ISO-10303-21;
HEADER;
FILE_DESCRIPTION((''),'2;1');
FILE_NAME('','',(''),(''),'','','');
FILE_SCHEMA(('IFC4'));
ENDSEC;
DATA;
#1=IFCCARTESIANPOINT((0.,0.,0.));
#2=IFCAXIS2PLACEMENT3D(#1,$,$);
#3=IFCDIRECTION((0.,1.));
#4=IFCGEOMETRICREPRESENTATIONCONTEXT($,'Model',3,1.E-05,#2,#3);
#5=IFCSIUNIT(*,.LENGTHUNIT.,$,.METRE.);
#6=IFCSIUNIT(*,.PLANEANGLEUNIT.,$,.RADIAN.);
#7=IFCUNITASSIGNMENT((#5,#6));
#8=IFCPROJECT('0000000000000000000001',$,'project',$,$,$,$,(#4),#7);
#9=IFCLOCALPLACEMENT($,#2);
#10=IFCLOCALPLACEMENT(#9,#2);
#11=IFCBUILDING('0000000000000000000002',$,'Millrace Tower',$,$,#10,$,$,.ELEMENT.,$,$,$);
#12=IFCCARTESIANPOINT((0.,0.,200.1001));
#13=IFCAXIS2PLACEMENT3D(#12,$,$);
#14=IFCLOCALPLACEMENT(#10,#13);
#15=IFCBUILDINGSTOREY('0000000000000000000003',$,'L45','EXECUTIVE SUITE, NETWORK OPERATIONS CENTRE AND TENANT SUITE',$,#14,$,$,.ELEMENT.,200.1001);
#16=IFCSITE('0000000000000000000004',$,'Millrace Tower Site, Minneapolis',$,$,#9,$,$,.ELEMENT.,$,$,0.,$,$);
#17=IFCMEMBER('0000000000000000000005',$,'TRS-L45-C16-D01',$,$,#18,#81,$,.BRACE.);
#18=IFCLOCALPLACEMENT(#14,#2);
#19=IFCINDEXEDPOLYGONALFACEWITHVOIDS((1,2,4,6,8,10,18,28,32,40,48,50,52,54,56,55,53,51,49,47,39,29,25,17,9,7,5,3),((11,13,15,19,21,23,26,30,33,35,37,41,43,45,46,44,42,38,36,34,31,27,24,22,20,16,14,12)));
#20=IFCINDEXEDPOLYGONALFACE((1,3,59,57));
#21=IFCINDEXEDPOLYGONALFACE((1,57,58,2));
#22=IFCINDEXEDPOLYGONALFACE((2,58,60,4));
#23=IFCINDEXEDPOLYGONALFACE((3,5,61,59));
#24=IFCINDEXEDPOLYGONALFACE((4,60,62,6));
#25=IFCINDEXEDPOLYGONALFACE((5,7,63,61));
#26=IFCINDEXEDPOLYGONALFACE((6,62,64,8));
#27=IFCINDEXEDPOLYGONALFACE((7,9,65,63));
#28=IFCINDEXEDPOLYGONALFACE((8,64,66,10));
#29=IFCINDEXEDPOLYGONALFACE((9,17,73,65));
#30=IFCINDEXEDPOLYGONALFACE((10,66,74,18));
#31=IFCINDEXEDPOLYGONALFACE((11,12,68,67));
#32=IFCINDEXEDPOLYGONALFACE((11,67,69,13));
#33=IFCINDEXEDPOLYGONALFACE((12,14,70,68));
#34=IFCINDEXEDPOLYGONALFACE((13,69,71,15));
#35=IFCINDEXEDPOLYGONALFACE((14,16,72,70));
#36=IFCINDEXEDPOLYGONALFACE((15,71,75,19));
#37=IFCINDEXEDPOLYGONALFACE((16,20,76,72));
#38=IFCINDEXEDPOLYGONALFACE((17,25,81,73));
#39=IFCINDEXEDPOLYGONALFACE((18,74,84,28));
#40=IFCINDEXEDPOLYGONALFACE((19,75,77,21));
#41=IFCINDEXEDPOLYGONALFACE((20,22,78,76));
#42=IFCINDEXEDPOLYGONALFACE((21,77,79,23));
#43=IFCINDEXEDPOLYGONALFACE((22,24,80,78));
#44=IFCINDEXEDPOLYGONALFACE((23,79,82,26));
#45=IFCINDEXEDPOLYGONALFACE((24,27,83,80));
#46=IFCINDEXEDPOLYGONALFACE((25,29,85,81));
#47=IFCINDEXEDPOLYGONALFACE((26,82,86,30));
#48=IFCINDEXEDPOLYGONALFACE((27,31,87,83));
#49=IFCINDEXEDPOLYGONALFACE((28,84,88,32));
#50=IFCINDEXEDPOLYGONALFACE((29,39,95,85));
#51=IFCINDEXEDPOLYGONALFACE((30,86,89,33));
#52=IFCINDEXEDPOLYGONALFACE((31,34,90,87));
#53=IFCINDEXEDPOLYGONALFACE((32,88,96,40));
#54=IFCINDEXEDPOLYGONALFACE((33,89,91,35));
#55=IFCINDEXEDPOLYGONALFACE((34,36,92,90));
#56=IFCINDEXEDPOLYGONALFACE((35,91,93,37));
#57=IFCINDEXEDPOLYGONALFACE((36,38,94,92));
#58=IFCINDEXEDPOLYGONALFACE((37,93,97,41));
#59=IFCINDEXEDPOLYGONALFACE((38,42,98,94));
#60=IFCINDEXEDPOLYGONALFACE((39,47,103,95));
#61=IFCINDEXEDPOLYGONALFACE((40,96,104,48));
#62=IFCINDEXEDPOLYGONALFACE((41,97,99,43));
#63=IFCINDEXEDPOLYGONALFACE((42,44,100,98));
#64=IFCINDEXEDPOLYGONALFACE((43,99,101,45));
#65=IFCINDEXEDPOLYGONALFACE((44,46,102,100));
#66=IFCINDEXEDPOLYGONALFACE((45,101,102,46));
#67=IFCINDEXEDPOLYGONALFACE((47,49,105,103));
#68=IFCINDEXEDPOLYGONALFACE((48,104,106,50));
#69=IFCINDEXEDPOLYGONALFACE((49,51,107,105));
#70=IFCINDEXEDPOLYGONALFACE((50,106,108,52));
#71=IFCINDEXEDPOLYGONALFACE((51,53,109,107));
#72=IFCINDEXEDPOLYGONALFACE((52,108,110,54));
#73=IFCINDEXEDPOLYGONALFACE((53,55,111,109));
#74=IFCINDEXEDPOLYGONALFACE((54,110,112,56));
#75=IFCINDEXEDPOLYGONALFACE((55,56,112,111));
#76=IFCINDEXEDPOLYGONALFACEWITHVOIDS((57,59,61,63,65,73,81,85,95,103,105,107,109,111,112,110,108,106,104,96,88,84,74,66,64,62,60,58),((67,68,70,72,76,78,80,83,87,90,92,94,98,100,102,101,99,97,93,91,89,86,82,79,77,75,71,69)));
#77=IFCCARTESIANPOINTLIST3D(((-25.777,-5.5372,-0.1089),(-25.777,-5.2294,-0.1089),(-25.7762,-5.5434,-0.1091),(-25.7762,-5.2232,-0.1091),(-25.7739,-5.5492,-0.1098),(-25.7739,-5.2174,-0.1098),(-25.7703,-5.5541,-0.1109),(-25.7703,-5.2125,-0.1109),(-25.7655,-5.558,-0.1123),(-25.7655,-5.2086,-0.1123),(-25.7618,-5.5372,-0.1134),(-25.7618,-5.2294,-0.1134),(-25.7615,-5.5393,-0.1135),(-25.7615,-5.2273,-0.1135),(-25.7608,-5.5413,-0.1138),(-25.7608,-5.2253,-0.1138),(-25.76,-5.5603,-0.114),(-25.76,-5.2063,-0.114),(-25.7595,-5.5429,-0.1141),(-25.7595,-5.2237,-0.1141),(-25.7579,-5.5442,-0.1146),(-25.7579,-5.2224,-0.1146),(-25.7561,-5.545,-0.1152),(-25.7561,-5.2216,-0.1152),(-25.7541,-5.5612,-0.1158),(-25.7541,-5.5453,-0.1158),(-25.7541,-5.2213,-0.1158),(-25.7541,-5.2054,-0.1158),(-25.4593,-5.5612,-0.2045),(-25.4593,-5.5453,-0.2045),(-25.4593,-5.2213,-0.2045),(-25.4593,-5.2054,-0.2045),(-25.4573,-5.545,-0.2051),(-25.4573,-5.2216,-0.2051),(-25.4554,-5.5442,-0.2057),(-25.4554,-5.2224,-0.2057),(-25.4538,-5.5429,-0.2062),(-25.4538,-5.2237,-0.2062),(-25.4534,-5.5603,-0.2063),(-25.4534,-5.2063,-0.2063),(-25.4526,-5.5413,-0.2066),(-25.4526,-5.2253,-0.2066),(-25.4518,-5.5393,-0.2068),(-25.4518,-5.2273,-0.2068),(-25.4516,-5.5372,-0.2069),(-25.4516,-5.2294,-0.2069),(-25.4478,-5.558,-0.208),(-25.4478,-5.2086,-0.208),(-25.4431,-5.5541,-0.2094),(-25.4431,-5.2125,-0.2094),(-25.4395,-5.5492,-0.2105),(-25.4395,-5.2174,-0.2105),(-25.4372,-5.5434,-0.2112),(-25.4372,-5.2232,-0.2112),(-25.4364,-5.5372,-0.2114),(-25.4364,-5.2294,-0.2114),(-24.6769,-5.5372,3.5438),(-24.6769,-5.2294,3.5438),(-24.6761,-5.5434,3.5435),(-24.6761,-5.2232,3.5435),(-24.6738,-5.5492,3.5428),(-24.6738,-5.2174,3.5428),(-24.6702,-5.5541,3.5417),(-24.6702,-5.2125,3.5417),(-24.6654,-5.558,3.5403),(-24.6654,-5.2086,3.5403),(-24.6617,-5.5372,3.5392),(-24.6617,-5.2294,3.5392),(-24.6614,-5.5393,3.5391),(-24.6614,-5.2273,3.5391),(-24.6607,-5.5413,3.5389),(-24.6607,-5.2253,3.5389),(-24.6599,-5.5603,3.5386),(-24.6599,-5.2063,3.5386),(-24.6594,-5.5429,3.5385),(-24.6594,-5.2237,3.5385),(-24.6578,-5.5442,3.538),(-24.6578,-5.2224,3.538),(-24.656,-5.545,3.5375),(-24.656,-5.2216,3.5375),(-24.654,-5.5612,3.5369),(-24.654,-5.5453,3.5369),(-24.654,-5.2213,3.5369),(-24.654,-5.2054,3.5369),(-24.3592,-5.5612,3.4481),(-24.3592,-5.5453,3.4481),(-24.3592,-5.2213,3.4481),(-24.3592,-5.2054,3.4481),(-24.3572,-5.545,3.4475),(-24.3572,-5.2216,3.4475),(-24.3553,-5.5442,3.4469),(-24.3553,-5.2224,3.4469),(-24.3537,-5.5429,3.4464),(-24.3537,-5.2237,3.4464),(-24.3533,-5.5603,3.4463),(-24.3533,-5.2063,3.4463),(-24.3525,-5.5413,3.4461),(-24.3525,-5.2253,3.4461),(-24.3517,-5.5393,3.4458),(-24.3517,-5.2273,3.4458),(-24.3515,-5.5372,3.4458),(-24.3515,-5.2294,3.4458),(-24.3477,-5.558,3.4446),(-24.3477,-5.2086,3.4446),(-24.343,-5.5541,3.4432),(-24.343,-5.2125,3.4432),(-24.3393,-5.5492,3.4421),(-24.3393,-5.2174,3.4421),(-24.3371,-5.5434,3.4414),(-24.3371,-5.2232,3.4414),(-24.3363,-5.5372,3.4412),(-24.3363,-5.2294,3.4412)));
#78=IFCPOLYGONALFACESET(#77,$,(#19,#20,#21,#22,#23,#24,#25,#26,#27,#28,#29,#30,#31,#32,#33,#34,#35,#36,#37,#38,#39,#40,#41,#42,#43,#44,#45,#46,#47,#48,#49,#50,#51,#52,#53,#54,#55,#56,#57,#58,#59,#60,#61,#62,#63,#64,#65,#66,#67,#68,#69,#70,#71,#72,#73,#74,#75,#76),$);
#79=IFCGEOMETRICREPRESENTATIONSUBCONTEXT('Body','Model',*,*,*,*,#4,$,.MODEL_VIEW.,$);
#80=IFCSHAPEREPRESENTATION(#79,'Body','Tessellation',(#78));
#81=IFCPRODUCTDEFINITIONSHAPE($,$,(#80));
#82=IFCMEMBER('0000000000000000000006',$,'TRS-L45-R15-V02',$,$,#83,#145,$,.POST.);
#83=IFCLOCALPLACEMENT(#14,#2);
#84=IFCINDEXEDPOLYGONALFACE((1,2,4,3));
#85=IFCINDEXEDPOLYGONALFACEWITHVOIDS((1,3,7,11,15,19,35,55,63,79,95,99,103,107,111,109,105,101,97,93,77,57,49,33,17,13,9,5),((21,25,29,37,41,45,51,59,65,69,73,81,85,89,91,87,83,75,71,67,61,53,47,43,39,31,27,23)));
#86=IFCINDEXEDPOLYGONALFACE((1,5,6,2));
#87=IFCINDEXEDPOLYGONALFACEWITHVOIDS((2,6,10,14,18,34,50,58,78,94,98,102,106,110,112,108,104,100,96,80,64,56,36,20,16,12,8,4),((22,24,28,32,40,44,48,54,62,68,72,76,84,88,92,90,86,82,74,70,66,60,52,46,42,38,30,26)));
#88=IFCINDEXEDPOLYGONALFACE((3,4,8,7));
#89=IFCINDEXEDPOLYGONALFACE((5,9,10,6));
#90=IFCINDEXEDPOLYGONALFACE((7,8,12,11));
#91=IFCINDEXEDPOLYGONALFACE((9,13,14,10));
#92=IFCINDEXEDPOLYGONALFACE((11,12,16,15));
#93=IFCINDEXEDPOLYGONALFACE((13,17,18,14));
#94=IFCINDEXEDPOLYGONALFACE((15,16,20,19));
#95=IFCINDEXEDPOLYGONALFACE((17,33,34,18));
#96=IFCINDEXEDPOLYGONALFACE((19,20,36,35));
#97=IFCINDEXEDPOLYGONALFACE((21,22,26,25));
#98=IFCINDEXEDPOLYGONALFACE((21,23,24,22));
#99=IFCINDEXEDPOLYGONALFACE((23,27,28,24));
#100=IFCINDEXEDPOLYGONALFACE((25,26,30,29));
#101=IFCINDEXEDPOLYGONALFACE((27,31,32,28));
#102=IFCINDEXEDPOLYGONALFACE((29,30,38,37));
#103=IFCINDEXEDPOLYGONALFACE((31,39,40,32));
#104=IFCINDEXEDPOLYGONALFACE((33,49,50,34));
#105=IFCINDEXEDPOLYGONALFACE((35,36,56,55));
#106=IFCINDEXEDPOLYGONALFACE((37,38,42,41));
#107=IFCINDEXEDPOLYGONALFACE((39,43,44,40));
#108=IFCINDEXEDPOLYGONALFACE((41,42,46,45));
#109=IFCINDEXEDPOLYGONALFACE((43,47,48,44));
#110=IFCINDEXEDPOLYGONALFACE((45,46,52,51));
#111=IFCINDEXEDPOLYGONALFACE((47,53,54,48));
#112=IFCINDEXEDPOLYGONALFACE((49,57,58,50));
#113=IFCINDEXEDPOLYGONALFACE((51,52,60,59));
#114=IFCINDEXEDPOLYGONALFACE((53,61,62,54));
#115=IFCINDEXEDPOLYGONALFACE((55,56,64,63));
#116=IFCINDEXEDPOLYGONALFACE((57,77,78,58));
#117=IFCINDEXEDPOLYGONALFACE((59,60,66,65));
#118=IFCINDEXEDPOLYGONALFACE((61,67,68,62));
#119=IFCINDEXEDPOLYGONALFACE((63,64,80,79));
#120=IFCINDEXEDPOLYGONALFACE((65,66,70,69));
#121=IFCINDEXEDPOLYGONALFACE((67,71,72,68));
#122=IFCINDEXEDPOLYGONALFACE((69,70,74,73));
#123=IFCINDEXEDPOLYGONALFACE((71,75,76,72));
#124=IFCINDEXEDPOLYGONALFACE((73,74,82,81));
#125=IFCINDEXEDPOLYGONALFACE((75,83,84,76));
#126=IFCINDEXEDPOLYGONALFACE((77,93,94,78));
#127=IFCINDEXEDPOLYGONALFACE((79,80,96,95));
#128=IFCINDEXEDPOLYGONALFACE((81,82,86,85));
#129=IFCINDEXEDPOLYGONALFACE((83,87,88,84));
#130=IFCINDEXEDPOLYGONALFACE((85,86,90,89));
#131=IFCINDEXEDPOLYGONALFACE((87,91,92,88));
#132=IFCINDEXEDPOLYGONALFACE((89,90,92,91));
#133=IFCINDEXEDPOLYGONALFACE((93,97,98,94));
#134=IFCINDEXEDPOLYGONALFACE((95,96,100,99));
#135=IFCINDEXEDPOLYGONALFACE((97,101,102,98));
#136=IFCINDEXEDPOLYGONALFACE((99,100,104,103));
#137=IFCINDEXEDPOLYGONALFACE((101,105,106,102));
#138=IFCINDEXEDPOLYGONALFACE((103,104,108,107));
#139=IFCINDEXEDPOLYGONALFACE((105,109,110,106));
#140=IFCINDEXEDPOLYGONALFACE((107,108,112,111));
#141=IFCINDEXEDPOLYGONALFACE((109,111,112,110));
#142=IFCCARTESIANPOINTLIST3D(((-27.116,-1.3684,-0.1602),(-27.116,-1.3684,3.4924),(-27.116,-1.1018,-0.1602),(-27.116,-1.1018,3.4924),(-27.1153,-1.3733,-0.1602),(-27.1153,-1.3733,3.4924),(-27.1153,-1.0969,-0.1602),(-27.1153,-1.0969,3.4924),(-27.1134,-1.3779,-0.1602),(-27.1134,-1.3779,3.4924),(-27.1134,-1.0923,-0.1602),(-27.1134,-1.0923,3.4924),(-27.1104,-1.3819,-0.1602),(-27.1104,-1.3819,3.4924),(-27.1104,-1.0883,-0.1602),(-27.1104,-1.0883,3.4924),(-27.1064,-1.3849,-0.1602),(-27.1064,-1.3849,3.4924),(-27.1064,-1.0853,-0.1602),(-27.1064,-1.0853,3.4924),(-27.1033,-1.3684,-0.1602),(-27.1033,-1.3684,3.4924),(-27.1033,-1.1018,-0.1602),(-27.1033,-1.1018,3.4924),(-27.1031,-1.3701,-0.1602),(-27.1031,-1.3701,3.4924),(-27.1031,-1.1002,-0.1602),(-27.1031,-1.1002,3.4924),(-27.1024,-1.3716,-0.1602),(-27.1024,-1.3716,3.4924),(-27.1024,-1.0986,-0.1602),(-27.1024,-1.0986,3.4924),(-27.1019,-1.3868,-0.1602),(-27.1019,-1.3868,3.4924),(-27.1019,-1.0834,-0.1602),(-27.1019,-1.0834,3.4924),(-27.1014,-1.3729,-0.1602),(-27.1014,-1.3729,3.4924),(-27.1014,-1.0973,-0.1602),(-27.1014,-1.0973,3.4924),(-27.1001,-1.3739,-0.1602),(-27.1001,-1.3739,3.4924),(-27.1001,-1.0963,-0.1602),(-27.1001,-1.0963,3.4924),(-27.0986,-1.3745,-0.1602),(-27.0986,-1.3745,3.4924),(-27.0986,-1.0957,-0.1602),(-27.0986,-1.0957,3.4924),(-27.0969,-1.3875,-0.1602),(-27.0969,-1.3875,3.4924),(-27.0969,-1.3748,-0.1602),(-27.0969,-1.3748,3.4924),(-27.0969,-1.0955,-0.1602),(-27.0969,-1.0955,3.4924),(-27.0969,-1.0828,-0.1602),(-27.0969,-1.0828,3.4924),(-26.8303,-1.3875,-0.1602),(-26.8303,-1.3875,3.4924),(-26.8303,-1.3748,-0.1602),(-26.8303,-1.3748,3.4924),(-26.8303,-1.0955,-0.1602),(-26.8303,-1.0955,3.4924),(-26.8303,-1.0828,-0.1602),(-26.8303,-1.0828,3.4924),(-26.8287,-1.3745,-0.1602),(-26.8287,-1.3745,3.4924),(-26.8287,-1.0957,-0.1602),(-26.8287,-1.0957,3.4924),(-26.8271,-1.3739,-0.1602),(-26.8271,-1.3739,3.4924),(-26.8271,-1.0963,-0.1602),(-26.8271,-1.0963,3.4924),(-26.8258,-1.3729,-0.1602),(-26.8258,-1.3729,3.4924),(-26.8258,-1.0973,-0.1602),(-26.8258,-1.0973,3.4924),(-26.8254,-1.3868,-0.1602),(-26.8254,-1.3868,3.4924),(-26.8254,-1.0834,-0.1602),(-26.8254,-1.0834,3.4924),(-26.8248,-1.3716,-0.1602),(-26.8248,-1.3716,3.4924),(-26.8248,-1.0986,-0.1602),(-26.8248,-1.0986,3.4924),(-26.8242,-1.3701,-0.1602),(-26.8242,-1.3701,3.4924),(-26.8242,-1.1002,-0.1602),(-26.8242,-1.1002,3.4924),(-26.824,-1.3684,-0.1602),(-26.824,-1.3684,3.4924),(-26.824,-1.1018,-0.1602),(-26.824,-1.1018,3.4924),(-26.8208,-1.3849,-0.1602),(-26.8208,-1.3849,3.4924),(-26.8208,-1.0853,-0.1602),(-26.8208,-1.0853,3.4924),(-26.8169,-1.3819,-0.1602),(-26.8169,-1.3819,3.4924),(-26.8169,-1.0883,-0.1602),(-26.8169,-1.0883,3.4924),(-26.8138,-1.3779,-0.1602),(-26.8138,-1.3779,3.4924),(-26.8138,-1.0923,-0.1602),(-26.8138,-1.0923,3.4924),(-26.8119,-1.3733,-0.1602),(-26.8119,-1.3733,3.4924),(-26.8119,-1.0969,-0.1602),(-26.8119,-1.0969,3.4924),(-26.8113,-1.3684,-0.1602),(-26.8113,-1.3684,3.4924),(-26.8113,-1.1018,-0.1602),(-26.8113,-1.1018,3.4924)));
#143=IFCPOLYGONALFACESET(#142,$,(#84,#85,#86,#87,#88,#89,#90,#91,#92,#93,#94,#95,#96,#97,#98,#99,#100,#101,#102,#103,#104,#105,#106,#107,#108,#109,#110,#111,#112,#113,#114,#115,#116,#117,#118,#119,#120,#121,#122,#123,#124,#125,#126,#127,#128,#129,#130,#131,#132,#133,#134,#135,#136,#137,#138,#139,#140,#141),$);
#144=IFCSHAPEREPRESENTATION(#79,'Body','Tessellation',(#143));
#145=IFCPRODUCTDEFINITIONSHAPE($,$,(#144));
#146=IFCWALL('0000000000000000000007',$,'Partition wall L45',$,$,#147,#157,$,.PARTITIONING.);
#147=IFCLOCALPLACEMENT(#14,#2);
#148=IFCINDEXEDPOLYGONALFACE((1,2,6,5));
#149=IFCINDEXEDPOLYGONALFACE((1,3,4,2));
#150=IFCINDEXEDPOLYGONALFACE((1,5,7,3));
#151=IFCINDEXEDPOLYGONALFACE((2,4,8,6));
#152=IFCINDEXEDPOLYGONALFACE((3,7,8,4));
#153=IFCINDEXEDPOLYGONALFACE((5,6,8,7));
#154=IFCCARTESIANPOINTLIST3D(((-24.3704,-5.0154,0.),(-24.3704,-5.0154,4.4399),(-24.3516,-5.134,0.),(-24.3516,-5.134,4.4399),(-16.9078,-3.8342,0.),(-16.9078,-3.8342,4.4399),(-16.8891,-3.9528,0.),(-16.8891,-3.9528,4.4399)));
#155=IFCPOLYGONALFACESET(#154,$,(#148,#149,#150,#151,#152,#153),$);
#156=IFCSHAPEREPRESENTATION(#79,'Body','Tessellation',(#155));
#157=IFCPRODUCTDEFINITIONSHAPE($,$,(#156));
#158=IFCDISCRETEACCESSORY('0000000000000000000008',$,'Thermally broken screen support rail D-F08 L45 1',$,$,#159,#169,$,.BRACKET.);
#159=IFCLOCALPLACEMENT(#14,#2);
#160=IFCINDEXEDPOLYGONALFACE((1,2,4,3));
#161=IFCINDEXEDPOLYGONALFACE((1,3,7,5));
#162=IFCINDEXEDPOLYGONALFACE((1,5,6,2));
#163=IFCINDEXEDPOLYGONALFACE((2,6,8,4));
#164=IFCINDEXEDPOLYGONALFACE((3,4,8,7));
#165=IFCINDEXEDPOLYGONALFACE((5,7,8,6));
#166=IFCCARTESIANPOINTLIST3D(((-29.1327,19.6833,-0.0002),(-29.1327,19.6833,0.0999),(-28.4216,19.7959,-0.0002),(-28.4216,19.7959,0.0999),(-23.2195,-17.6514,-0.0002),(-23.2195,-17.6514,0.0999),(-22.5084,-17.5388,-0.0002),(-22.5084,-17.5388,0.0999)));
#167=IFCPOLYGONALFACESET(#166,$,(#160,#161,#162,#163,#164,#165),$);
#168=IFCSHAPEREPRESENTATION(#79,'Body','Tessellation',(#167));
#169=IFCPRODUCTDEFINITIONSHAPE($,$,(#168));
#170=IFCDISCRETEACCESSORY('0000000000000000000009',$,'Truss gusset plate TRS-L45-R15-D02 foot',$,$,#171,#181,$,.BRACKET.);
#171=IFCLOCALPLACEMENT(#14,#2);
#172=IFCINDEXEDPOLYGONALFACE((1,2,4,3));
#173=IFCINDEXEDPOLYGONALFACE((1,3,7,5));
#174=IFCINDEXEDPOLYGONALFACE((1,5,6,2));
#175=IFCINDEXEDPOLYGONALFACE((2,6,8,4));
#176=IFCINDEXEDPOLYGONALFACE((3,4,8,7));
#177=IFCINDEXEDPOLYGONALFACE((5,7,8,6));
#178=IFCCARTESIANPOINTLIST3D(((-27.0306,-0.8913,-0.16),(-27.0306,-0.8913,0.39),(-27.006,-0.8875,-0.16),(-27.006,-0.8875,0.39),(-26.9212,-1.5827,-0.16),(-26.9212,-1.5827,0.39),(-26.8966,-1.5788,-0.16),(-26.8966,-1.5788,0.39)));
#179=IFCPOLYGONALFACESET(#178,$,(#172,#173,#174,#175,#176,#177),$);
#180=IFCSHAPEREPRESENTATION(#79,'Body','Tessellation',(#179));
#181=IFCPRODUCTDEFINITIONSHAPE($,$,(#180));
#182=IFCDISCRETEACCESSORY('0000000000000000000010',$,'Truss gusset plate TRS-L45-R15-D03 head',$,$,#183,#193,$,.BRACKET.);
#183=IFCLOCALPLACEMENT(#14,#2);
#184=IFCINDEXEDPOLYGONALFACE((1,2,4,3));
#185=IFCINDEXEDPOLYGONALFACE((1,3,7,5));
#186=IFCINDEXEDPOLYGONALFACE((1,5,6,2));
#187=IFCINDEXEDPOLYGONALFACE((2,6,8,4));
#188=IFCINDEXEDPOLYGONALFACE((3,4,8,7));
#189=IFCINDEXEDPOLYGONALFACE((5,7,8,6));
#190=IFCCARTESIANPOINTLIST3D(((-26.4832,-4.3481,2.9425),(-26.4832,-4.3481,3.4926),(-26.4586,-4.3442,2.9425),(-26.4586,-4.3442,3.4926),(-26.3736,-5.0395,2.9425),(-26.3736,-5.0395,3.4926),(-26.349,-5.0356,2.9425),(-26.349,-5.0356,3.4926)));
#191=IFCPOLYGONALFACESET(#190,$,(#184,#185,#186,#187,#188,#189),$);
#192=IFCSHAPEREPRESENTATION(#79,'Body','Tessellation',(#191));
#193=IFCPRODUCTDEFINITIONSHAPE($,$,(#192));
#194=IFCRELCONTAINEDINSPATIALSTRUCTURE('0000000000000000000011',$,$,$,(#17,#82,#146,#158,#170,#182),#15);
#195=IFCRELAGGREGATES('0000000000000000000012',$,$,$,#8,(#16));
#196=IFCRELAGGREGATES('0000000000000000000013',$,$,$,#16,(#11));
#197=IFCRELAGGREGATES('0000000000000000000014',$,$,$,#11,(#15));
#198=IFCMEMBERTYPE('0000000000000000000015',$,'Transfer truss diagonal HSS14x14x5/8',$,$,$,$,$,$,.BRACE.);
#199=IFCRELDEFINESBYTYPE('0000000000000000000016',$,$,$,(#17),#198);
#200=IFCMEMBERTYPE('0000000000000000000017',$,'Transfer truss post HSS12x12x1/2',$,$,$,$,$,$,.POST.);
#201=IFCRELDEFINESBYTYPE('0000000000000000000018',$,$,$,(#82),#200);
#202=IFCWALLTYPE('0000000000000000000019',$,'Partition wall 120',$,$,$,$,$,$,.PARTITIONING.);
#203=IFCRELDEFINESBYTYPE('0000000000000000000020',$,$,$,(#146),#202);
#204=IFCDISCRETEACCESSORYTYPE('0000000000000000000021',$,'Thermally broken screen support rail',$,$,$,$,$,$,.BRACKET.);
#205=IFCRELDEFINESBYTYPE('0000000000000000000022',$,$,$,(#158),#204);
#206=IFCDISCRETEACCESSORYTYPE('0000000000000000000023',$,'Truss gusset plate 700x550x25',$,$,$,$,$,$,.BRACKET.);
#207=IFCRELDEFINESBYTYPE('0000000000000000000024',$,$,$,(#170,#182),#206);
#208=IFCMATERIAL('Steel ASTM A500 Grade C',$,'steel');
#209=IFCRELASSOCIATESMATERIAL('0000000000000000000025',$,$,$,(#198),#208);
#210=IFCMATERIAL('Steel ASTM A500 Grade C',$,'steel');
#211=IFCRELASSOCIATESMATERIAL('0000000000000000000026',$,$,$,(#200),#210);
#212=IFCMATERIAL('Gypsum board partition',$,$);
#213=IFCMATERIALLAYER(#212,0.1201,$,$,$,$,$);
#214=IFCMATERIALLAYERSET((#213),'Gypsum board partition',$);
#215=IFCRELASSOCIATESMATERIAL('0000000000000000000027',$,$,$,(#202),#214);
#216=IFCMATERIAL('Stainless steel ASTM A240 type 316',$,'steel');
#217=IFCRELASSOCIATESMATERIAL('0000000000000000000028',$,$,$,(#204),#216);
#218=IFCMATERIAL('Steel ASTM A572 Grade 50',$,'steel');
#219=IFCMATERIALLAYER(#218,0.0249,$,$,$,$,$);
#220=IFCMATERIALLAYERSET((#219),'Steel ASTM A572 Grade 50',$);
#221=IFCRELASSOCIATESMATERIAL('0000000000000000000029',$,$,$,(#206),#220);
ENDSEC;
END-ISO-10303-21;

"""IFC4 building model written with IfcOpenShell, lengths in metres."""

from ifc_helpers import new_model, si_unit, direction, frame, frame_2d, origin, origin_2d, place, context, subcontext, project, spatial, rectangle, hollow_rectangle, extrude, material, layer, layer_set, material_profile, profile_set, type_object, element, save


model = new_model("IFC4")

# Units and contexts
model_context = context("Model", 3, precision=1e-05, world=origin(), true_north=direction((0.0, 1.0)))
body_context = subcontext(model_context, "Body", "Model", "MODEL_VIEW")
ifc_project = project(units=[si_unit("LENGTHUNIT", "METRE"), si_unit("PLANEANGLEUNIT", "RADIAN")], contexts=[model_context])

# Site, building, storey
site_placement = place(None, origin())
site = spatial("IfcSite", under=ifc_project, at=site_placement, Name="Millrace Tower Site, Minneapolis", CompositionType="ELEMENT", RefElevation=0.0)
building_placement = place(site_placement, origin())
building = spatial("IfcBuilding", under=site, at=building_placement, Name="Millrace Tower", CompositionType="ELEMENT")
storey_placement = place(building_placement, frame((0.0, 0.0, 200.1001)))
storey = spatial("IfcBuildingStorey", under=building, at=storey_placement, Name="L45", Description="EXECUTIVE SUITE, NETWORK OPERATIONS CENTRE AND TENANT SUITE", CompositionType="ELEMENT", Elevation=200.1001)

# Members
ifc_material_1 = material(Name="Steel ASTM A500 Grade C", Category="steel")
ifc_material_profile_1 = material_profile(ifc_material_1, hollow_rectangle(XDim=0.3557, YDim=0.3557, WallThickness=0.0159, InnerFilletRadius=0.0081, OuterFilletRadius=0.0239, at=origin_2d()))
ifc_profile_set_1 = profile_set([ifc_material_profile_1], Name="Steel ASTM A500 Grade C")
member_type_1 = type_object("IfcMemberType", Name="Transfer truss diagonal HSS14x14x5/8", PredefinedType="BRACE", material=ifc_profile_set_1)
member_1_placement = place(storey_placement, frame((-25.6067, -5.3833, -0.1602), z_axis=(0.288387, 0.0, 0.957514), x_axis=(0.0, 1.0, 0.0)))
element("IfcMember", 1, at=member_1_placement, inside=storey, type_object=member_type_1, Name="TRS-L45-C16-D01", PredefinedType="BRACE", context=body_context, shape_type="SweptSolid", body=[
    extrude(hollow_rectangle(XDim=0.3557, YDim=0.3557, WallThickness=0.0159, InnerFilletRadius=0.0081, OuterFilletRadius=0.0239, at=origin_2d()), origin(), (0.0, 0.0, 1.0), 3.8147),
])
ifc_material_2 = material(Name="Steel ASTM A500 Grade C", Category="steel")
ifc_material_profile_2 = material_profile(ifc_material_2, hollow_rectangle(XDim=0.3047, YDim=0.3047, WallThickness=0.0127, InnerFilletRadius=0.0063, OuterFilletRadius=0.019, at=origin_2d()))
ifc_profile_set_2 = profile_set([ifc_material_profile_2], Name="Steel ASTM A500 Grade C")
member_type_2 = type_object("IfcMemberType", Name="Transfer truss post HSS12x12x1/2", PredefinedType="POST", material=ifc_profile_set_2)
member_2_placement = place(storey_placement, frame((-26.9636, -1.2351, -0.1602), z_axis=(0.0, 0.0, 1.0), x_axis=(1.0, 0.0, 0.0)))
element("IfcMember", 2, at=member_2_placement, inside=storey, type_object=member_type_2, Name="TRS-L45-R15-V02", PredefinedType="POST", context=body_context, shape_type="SweptSolid", body=[
    extrude(hollow_rectangle(XDim=0.3047, YDim=0.3047, WallThickness=0.0127, InnerFilletRadius=0.0063, OuterFilletRadius=0.019, at=origin_2d()), origin(), (0.0, 0.0, 1.0), 3.6526),
])

# Wall
ifc_material_3 = material(Name="Gypsum board partition")
ifc_layer_1 = layer(ifc_material_3, 0.1201)
ifc_layer_set_1 = layer_set([ifc_layer_1], Name="Gypsum board partition")
wall_type = type_object("IfcWallType", Name="Partition wall 120", PredefinedType="PARTITIONING", material=ifc_layer_set_1)
wall_placement = place(storey_placement, frame((-24.3611, -5.0747, 0.0), z_axis=(0.0, 0.0, 1.0), x_axis=(0.987704, 0.156334, 0.0)))
element("IfcWall", 3, at=wall_placement, inside=storey, type_object=wall_type, Name="Partition wall L45", PredefinedType="PARTITIONING", context=body_context, shape_type="SweptSolid", body=[
    extrude(rectangle(XDim=7.5554, YDim=0.1201, at=frame_2d((3.7778, 0.0))), origin(), (0.0, 0.0, 1.0), 4.4399),
])

# Discrete accessories
ifc_material_4 = material(Name="Stainless steel ASTM A240 type 316", Category="steel")
discrete_accessory_type_1 = type_object("IfcDiscreteAccessoryType", Name="Thermally broken screen support rail", PredefinedType="BRACKET", material=ifc_material_4)
discrete_accessory_1_placement = place(storey_placement, frame((-25.8206, 1.0723, -0.0002), z_axis=(0.0, 0.0, 1.0), x_axis=(0.156434, -0.987688, 0.0)))
element("IfcDiscreteAccessory", 4, at=discrete_accessory_1_placement, inside=storey, type_object=discrete_accessory_type_1, Name="Thermally broken screen support rail D-F08 L45 1", PredefinedType="BRACKET", context=body_context, shape_type="SweptSolid", body=[
    extrude(rectangle(XDim=37.8, YDim=0.72, at=origin_2d()), origin(), (0.0, 0.0, 1.0), 0.1001),
])
ifc_material_5 = material(Name="Steel ASTM A572 Grade 50", Category="steel")
ifc_layer_2 = layer(ifc_material_5, 0.0249)
ifc_layer_set_2 = layer_set([ifc_layer_2], Name="Steel ASTM A572 Grade 50")
discrete_accessory_type_2 = type_object("IfcDiscreteAccessoryType", Name="Truss gusset plate 700x550x25", PredefinedType="BRACKET", material=ifc_layer_set_2)
for number, where, z_axis, x_axis, name in (
    (5, (-27.0183, -0.8894, 0.115), (0.156249, -0.987718, 0.0), (0.987718, 0.156249, 0.0), "Truss gusset plate TRS-L45-R15-D02 foot"),
    (6, (-26.4709, -4.3462, 3.2175), (0.156589, -0.987664, 0.0), (0.987664, 0.156589, 0.0), "Truss gusset plate TRS-L45-R15-D03 head"),
):
    element("IfcDiscreteAccessory", number, at=place(storey_placement, frame(where, z_axis=z_axis, x_axis=x_axis)), inside=storey, type_object=discrete_accessory_type_2, Name=name, PredefinedType="BRACKET", context=body_context, shape_type="SweptSolid", body=[
        extrude(rectangle(XDim=0.0249, YDim=0.55, at=origin_2d()), origin(), (0.0, 0.0, 1.0), 0.7),
    ])

save(model, "model.ifc")
